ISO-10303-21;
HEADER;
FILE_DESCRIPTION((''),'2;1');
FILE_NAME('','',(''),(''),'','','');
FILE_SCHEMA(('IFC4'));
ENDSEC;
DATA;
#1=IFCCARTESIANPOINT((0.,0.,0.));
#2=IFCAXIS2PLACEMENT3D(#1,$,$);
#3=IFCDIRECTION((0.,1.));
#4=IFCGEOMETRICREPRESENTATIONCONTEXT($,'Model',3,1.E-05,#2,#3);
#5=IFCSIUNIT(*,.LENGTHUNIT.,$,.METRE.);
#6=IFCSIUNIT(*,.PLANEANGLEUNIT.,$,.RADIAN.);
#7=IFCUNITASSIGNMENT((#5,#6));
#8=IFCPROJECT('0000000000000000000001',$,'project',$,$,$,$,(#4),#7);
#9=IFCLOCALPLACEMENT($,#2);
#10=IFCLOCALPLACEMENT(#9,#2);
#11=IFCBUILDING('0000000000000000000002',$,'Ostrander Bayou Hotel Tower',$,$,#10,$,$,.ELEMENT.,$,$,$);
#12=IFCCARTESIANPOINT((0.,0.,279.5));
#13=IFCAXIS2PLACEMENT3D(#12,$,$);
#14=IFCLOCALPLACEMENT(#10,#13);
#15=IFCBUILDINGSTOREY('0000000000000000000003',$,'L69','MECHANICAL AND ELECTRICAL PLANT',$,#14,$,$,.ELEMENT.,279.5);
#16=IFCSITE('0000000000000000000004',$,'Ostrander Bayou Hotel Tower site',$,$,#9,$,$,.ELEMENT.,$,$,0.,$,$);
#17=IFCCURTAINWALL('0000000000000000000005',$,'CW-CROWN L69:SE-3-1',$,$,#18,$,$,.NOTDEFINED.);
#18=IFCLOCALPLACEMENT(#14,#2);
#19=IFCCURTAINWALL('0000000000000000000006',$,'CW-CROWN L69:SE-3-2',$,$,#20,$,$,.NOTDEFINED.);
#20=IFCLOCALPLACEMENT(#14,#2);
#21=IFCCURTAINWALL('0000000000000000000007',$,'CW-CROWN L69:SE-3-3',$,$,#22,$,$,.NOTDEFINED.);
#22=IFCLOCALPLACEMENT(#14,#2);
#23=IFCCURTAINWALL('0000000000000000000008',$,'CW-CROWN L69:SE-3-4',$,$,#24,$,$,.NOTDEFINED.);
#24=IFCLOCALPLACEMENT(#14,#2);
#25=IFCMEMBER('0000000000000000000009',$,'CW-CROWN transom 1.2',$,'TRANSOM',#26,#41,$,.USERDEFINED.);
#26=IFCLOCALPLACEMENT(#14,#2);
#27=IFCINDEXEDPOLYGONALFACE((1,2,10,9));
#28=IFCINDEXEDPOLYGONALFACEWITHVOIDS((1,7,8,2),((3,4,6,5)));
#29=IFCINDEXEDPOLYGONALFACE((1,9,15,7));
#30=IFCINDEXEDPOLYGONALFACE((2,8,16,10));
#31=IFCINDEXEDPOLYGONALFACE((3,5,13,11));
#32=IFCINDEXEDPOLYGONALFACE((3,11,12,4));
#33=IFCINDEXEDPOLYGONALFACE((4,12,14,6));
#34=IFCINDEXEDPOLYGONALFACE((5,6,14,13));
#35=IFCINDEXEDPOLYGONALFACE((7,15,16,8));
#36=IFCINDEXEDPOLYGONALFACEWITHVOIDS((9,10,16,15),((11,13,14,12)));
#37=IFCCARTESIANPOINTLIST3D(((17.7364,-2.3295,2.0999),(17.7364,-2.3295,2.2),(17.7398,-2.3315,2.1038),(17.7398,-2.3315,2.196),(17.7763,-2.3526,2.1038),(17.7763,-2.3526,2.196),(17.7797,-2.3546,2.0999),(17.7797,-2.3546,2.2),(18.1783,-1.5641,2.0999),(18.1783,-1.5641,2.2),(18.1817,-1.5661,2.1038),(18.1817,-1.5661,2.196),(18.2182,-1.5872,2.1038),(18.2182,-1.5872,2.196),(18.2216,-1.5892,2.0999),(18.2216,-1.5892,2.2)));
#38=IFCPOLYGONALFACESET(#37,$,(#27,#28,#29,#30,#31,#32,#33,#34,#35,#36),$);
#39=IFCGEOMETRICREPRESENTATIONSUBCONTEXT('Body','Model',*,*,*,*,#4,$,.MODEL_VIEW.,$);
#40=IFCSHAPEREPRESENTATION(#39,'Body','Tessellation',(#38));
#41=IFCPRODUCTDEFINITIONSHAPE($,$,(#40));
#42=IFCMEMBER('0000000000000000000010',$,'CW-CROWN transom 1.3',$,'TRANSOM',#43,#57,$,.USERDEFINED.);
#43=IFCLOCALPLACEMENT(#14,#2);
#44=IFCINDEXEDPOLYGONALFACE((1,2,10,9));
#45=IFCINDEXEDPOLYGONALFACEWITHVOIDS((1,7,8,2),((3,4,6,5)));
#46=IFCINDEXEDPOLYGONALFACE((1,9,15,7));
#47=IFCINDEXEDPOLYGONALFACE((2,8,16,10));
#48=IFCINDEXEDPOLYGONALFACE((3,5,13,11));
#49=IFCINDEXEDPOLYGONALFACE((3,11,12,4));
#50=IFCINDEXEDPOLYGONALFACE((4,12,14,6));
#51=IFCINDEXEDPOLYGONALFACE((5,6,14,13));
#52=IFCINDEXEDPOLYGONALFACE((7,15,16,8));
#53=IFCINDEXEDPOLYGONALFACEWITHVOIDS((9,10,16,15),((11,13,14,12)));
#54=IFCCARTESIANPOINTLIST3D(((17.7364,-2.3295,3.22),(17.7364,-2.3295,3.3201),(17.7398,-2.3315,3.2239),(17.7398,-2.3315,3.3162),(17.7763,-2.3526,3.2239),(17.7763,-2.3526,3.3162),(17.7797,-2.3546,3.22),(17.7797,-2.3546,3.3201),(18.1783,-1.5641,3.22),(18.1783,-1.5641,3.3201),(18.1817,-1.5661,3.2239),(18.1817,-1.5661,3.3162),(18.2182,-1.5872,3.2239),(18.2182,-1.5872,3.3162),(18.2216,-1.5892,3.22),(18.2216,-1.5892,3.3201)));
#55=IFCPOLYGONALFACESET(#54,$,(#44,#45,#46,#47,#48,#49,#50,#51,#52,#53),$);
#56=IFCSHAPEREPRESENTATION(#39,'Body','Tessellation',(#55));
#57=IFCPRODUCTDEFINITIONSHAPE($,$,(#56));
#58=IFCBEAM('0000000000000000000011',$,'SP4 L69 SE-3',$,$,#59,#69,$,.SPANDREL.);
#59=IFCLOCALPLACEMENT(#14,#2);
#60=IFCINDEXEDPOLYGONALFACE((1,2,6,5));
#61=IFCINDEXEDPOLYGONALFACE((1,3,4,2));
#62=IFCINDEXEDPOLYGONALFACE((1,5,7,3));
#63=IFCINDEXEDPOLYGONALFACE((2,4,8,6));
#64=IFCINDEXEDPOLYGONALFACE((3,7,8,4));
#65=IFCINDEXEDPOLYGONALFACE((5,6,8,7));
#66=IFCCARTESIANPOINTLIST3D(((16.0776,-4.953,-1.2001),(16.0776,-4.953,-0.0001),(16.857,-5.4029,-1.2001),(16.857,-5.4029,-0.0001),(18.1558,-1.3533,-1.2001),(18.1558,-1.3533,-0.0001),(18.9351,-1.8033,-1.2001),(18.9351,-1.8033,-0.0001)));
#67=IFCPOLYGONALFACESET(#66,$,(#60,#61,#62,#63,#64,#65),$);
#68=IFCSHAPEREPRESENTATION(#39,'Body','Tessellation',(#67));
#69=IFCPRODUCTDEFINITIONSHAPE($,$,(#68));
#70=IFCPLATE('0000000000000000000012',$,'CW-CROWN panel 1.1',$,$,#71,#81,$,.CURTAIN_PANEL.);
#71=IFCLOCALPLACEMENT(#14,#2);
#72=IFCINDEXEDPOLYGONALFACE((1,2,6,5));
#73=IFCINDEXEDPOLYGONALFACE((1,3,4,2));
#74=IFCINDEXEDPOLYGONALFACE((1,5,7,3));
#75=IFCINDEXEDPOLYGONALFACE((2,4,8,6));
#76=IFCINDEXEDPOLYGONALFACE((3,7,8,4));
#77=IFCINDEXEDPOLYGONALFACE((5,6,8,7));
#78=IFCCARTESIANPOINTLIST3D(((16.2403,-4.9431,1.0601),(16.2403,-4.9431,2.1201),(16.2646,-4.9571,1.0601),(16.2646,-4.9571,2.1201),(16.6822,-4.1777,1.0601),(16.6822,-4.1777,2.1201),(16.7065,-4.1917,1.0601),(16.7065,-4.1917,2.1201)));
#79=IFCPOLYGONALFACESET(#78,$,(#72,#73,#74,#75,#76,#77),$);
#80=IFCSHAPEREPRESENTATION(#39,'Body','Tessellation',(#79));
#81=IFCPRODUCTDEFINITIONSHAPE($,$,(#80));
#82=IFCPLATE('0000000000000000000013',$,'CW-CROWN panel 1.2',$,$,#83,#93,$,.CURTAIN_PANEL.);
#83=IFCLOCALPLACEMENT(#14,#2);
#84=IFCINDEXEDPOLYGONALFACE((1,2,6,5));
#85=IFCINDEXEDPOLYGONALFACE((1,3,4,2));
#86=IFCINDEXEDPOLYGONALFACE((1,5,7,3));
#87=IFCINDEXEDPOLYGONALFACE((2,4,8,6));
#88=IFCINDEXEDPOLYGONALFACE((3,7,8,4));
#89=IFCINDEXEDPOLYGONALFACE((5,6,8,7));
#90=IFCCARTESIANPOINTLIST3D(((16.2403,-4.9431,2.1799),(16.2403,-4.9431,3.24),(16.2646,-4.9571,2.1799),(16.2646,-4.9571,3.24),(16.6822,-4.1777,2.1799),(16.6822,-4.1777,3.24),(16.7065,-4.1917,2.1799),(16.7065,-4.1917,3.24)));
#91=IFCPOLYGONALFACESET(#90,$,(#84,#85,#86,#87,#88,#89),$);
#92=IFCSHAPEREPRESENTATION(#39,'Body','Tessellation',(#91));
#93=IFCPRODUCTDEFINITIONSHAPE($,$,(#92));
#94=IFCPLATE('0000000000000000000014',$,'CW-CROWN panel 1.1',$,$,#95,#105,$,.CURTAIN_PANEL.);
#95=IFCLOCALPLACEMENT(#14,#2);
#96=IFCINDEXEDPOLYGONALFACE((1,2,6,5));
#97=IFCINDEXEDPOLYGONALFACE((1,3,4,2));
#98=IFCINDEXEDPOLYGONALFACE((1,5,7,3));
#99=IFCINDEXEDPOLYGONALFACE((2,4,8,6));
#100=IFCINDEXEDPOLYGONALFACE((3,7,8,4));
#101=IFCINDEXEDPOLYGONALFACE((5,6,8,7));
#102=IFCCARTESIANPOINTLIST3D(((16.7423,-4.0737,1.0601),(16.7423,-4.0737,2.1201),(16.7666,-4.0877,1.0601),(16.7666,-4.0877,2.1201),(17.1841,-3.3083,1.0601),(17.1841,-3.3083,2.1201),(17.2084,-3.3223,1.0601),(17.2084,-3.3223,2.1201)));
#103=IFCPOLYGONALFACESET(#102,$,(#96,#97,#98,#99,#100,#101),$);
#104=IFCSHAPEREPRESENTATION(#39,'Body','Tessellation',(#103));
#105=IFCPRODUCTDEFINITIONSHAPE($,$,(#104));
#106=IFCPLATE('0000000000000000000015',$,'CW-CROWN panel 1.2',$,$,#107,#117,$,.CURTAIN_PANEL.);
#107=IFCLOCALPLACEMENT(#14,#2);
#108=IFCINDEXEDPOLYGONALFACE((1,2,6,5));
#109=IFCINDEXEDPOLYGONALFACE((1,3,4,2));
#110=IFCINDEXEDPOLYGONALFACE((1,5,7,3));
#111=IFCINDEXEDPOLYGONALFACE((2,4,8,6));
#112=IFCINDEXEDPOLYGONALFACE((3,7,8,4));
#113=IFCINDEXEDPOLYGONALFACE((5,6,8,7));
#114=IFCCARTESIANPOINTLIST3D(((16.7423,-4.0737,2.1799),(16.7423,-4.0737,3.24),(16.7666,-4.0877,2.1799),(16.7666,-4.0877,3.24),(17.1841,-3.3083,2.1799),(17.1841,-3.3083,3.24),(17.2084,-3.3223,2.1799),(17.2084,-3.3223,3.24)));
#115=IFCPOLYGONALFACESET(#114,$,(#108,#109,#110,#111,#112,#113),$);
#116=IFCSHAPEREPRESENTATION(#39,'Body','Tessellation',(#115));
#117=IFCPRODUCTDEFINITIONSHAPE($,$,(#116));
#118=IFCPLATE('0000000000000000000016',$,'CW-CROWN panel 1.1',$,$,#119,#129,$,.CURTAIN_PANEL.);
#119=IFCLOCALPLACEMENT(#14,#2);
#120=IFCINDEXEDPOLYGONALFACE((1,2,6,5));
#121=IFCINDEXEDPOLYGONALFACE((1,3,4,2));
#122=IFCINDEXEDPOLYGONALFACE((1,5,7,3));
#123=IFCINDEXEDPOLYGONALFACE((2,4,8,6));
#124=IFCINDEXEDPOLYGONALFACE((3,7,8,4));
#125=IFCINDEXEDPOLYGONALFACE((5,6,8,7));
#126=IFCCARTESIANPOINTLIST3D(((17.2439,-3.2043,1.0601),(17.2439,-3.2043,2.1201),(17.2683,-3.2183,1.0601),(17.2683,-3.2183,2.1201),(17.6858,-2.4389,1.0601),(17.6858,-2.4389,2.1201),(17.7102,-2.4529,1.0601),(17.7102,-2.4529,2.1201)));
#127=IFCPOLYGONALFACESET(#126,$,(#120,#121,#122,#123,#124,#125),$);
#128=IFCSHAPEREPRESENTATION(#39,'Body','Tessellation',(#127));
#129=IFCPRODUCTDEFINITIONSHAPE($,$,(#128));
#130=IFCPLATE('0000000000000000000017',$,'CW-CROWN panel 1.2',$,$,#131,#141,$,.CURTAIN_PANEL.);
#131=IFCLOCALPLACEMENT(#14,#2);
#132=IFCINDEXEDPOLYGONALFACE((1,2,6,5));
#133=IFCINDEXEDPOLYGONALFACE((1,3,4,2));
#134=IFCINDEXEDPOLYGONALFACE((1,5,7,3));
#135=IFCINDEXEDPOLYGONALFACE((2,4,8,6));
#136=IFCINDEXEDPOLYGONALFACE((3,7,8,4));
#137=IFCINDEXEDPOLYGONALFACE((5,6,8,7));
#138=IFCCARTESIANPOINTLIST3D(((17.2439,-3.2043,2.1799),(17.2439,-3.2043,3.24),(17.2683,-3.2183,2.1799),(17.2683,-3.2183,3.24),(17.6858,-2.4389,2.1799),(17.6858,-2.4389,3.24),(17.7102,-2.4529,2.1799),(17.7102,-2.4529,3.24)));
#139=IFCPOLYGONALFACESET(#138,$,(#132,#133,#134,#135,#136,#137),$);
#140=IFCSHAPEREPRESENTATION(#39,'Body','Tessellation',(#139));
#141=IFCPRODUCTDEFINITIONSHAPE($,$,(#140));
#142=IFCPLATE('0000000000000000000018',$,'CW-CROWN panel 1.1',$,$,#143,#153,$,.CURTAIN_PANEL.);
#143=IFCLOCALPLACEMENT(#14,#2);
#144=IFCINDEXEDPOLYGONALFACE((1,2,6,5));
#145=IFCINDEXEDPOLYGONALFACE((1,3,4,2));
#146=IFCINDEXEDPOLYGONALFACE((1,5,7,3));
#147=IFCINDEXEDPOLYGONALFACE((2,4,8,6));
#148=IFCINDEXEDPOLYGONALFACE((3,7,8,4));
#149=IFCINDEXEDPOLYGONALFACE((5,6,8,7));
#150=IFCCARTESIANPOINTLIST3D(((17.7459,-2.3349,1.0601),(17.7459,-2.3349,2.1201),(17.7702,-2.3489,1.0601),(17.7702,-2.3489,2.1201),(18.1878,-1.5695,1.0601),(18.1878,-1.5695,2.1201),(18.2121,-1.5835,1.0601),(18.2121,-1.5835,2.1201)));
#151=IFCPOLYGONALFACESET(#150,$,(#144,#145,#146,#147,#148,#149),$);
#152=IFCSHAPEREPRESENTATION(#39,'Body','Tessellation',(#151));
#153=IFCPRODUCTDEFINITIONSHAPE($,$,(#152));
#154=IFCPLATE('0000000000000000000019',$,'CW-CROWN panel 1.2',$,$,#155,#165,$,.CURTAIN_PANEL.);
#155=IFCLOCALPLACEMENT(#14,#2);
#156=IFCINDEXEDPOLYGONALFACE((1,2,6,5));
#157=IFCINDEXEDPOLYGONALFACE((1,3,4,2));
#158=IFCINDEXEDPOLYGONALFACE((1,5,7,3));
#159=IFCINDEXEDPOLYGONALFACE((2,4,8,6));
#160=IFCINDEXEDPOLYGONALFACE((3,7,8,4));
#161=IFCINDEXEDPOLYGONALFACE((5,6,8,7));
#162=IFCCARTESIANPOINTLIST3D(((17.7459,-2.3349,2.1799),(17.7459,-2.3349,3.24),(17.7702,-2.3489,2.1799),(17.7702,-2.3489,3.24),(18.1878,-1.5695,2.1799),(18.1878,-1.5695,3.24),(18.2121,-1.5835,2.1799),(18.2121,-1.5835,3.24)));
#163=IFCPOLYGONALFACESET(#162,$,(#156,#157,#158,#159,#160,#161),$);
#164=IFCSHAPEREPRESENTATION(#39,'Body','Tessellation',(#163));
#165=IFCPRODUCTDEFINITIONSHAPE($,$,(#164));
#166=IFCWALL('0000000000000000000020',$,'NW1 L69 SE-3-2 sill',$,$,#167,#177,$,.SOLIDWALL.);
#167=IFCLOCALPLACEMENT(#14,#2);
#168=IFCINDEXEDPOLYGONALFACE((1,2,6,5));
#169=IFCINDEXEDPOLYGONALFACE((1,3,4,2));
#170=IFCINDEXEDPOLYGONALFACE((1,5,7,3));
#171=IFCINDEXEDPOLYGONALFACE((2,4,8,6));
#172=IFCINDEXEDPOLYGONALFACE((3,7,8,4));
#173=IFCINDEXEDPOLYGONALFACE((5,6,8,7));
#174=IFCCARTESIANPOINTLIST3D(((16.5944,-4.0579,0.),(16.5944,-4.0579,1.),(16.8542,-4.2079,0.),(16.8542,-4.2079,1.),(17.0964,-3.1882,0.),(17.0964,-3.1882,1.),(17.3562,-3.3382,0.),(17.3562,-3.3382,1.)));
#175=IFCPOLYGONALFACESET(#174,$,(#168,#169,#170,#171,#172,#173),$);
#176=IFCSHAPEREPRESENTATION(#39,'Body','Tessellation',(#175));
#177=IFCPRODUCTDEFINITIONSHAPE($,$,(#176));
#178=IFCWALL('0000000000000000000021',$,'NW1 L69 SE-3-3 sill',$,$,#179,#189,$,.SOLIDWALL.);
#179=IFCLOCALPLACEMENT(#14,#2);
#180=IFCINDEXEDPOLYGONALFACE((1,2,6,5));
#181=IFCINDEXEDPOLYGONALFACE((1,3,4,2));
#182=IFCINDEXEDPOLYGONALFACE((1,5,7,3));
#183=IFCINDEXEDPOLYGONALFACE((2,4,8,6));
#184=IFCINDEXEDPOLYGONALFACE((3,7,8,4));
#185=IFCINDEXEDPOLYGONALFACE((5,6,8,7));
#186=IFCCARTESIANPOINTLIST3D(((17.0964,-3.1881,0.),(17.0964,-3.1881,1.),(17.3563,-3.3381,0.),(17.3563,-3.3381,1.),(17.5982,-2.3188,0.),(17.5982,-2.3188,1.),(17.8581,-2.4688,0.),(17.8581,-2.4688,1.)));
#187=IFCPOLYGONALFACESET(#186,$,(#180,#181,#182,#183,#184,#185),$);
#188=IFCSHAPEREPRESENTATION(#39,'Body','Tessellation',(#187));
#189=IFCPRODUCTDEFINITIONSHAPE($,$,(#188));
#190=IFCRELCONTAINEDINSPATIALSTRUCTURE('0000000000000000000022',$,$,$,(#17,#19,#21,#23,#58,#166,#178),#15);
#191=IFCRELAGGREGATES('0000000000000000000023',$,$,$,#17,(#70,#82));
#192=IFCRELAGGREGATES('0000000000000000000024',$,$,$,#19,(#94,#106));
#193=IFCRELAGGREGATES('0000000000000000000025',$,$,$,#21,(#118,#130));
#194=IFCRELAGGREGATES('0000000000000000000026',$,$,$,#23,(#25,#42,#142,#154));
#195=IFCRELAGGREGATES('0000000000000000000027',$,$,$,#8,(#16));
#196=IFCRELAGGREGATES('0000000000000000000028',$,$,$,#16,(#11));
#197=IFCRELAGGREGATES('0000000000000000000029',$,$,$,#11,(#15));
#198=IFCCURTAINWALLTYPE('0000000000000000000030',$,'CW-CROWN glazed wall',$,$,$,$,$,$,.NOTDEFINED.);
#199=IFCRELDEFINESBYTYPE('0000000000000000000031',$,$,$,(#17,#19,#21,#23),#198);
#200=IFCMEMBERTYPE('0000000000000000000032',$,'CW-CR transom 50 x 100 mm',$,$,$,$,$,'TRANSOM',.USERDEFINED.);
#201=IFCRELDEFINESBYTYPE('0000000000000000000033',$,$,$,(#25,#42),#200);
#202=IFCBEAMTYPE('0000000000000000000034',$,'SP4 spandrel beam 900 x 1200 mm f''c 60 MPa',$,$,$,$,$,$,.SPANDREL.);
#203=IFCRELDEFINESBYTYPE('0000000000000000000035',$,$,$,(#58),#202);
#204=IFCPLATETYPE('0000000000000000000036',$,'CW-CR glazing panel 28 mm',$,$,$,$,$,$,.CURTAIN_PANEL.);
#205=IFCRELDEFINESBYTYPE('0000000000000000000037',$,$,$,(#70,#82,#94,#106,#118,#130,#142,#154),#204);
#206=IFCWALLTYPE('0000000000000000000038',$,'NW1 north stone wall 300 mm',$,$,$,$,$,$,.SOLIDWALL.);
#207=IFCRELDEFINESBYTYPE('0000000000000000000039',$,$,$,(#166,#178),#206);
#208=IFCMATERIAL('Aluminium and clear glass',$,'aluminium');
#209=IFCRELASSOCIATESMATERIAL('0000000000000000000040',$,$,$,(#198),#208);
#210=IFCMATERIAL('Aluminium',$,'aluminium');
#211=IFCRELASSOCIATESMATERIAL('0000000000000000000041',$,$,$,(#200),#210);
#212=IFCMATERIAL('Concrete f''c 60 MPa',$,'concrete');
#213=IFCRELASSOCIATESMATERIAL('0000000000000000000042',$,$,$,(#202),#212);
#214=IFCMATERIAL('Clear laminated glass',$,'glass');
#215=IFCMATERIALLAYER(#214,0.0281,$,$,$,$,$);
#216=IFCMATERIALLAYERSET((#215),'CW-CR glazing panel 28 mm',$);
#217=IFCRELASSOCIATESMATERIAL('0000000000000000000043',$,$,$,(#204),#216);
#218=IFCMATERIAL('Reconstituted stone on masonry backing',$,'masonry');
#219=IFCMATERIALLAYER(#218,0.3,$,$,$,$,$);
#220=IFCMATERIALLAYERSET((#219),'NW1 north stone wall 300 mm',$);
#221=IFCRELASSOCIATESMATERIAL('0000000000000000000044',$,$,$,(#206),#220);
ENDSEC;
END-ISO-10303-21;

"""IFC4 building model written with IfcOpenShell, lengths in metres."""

from ifc_helpers import new_model, si_unit, direction, frame, frame_2d, origin, origin_2d, place, context, subcontext, project, spatial, rectangle, hollow_rectangle, extrude, material, layer, layer_set, material_profile, profile_set, type_object, element, aggregate, save


model = new_model("IFC4")

# Units and contexts
model_context = context("Model", 3, precision=1e-05, world=origin(), true_north=direction((0.0, 1.0)))
body_context = subcontext(model_context, "Body", "Model", "MODEL_VIEW")
ifc_project = project(units=[si_unit("LENGTHUNIT", "METRE"), si_unit("PLANEANGLEUNIT", "RADIAN")], contexts=[model_context])

# Site, building, storey
site_placement = place(None, origin())
site = spatial("IfcSite", under=ifc_project, at=site_placement, Name="Ostrander Bayou Hotel Tower site", CompositionType="ELEMENT", RefElevation=0.0)
building_placement = place(site_placement, origin())
building = spatial("IfcBuilding", under=site, at=building_placement, Name="Ostrander Bayou Hotel Tower", CompositionType="ELEMENT")
storey_placement = place(building_placement, frame((0.0, 0.0, 279.5)))
storey = spatial("IfcBuildingStorey", under=building, at=storey_placement, Name="L69", Description="MECHANICAL AND ELECTRICAL PLANT", CompositionType="ELEMENT", Elevation=279.5)

# Curtain walls
ifc_material_1 = material(Name="Aluminium and clear glass", Category="aluminium")
curtain_wall_type = type_object("IfcCurtainWallType", Name="CW-CROWN glazed wall", PredefinedType="NOTDEFINED", material=ifc_material_1)
curtain_wall_1_placement = place(storey_placement, origin())
curtain_wall_1 = element("IfcCurtainWall", 1, at=curtain_wall_1_placement, inside=storey, type_object=curtain_wall_type, Name="CW-CROWN L69:SE-3-1", PredefinedType="NOTDEFINED")
curtain_wall_2_placement = place(storey_placement, origin())
curtain_wall_2 = element("IfcCurtainWall", 2, at=curtain_wall_2_placement, inside=storey, type_object=curtain_wall_type, Name="CW-CROWN L69:SE-3-2", PredefinedType="NOTDEFINED")
curtain_wall_3_placement = place(storey_placement, origin())
curtain_wall_3 = element("IfcCurtainWall", 3, at=curtain_wall_3_placement, inside=storey, type_object=curtain_wall_type, Name="CW-CROWN L69:SE-3-3", PredefinedType="NOTDEFINED")
curtain_wall_4_placement = place(storey_placement, origin())
curtain_wall_4 = element("IfcCurtainWall", 4, at=curtain_wall_4_placement, inside=storey, type_object=curtain_wall_type, Name="CW-CROWN L69:SE-3-4", PredefinedType="NOTDEFINED")

# Members
ifc_material_2 = material(Name="Aluminium", Category="aluminium")
ifc_material_profile_1 = material_profile(ifc_material_2, hollow_rectangle(XDim=0.05, YDim=0.1001, WallThickness=0.0039, at=origin_2d()))
ifc_profile_set_1 = profile_set([ifc_material_profile_1], Name="Aluminium")
member_type_1 = type_object("IfcMemberType", Name="CW-CR transom 50 x 100 mm", ElementType="TRANSOM", PredefinedType="USERDEFINED", material=ifc_profile_set_1)
member_1_placement = place(storey_placement, frame((17.7581, -2.342, 2.1499), z_axis=(0.500001, 0.866025, 0.0), x_axis=(-0.866025, 0.500001, 0.0)))
member_1 = element("IfcMember", 5, at=member_1_placement, type_object=member_type_1, Name="CW-CROWN transom 1.2", ObjectType="TRANSOM", PredefinedType="USERDEFINED", context=body_context, shape_type="SweptSolid", body=[
    extrude(hollow_rectangle(XDim=0.05, YDim=0.1001, WallThickness=0.0039, at=origin_2d()), origin(), (0.0, 0.0, 1.0), 0.8838),
])
member_2_placement = place(storey_placement, frame((17.7581, -2.342, 3.27), z_axis=(0.500001, 0.866025, 0.0), x_axis=(-0.866025, 0.500001, 0.0)))
member_2 = element("IfcMember", 6, at=member_2_placement, type_object=member_type_1, Name="CW-CROWN transom 1.3", ObjectType="TRANSOM", PredefinedType="USERDEFINED", context=body_context, shape_type="SweptSolid", body=[
    extrude(hollow_rectangle(XDim=0.05, YDim=0.1001, WallThickness=0.0039, at=origin_2d()), origin(), (0.0, 0.0, 1.0), 0.8838),
])

# Beam
ifc_material_3 = material(Name="Concrete f'c 60 MPa", Category="concrete")
ifc_material_profile_2 = material_profile(ifc_material_3, rectangle(XDim=0.8999, YDim=1.2, at=origin_2d()))
ifc_profile_set_2 = profile_set([ifc_material_profile_2], Name="Concrete f'c 60 MPa")
beam_type = type_object("IfcBeamType", Name="SP4 spandrel beam 900 x 1200 mm f'c 60 MPa", PredefinedType="SPANDREL", material=ifc_profile_set_2)
beam_placement = place(storey_placement, frame((16.4673, -5.178, -0.6001), z_axis=(0.49998, 0.866037, 0.0), x_axis=(-0.866037, 0.49998, 0.0)))
element("IfcBeam", 7, at=beam_placement, inside=storey, type_object=beam_type, Name="SP4 L69 SE-3", PredefinedType="SPANDREL", context=body_context, shape_type="SweptSolid", body=[
    extrude(rectangle(XDim=0.8999, YDim=1.2, at=origin_2d()), origin(), (0.0, 0.0, 1.0), 4.1565),
])

# Plates
ifc_material_4 = material(Name="Clear laminated glass", Category="glass")
ifc_layer_1 = layer(ifc_material_4, 0.0281)
ifc_layer_set_1 = layer_set([ifc_layer_1], Name="CW-CR glazing panel 28 mm")
plate_type = type_object("IfcPlateType", Name="CW-CR glazing panel 28 mm", PredefinedType="CURTAIN_PANEL", material=ifc_layer_set_1)
plate_1_placement = place(storey_placement, frame((16.4734, -4.5674, 1.0601), z_axis=(0.0, 0.0, 1.0), x_axis=(0.500007, 0.866021, 0.0)))
plate_1 = element("IfcPlate", 8, at=plate_1_placement, type_object=plate_type, Name="CW-CROWN panel 1.1", PredefinedType="CURTAIN_PANEL", context=body_context, shape_type="SweptSolid", body=[
    extrude(rectangle(XDim=0.8838, YDim=0.0281, at=origin_2d()), origin(), (0.0, 0.0, 1.0), 1.0601),
])
plate_2_placement = place(storey_placement, frame((16.4734, -4.5674, 2.1799), z_axis=(0.0, 0.0, 1.0), x_axis=(0.500007, 0.866021, 0.0)))
plate_2 = element("IfcPlate", 9, at=plate_2_placement, type_object=plate_type, Name="CW-CROWN panel 1.2", PredefinedType="CURTAIN_PANEL", context=body_context, shape_type="SweptSolid", body=[
    extrude(rectangle(XDim=0.8838, YDim=0.0281, at=origin_2d()), origin(), (0.0, 0.0, 1.0), 1.0601),
])
aggregate(curtain_wall_1, [plate_1, plate_2])
plate_3_placement = place(storey_placement, frame((16.9753, -3.698, 1.0601), z_axis=(0.0, 0.0, 1.0), x_axis=(0.499964, 0.866046, 0.0)))
plate_3 = element("IfcPlate", 10, at=plate_3_placement, type_object=plate_type, Name="CW-CROWN panel 1.1", PredefinedType="CURTAIN_PANEL", context=body_context, shape_type="SweptSolid", body=[
    extrude(rectangle(XDim=0.8838, YDim=0.0281, at=origin_2d()), origin(), (0.0, 0.0, 1.0), 1.0601),
])
plate_4_placement = place(storey_placement, frame((16.9753, -3.698, 2.1799), z_axis=(0.0, 0.0, 1.0), x_axis=(0.499964, 0.866046, 0.0)))
plate_4 = element("IfcPlate", 11, at=plate_4_placement, type_object=plate_type, Name="CW-CROWN panel 1.2", PredefinedType="CURTAIN_PANEL", context=body_context, shape_type="SweptSolid", body=[
    extrude(rectangle(XDim=0.8838, YDim=0.0281, at=origin_2d()), origin(), (0.0, 0.0, 1.0), 1.0601),
])
aggregate(curtain_wall_2, [plate_3, plate_4])
plate_5_placement = place(storey_placement, frame((17.4771, -2.8286, 1.0601), z_axis=(0.0, 0.0, 1.0), x_axis=(0.500007, 0.866021, 0.0)))
plate_5 = element("IfcPlate", 12, at=plate_5_placement, type_object=plate_type, Name="CW-CROWN panel 1.1", PredefinedType="CURTAIN_PANEL", context=body_context, shape_type="SweptSolid", body=[
    extrude(rectangle(XDim=0.8838, YDim=0.0281, at=origin_2d()), origin(), (0.0, 0.0, 1.0), 1.0601),
])
plate_6_placement = place(storey_placement, frame((17.4771, -2.8286, 2.1799), z_axis=(0.0, 0.0, 1.0), x_axis=(0.500007, 0.866021, 0.0)))
plate_6 = element("IfcPlate", 13, at=plate_6_placement, type_object=plate_type, Name="CW-CROWN panel 1.2", PredefinedType="CURTAIN_PANEL", context=body_context, shape_type="SweptSolid", body=[
    extrude(rectangle(XDim=0.8838, YDim=0.0281, at=origin_2d()), origin(), (0.0, 0.0, 1.0), 1.0601),
])
aggregate(curtain_wall_3, [plate_5, plate_6])
plate_7_placement = place(storey_placement, frame((17.979, -1.9592, 1.0601), z_axis=(0.0, 0.0, 1.0), x_axis=(0.499964, 0.866046, 0.0)))
plate_7 = element("IfcPlate", 14, at=plate_7_placement, type_object=plate_type, Name="CW-CROWN panel 1.1", PredefinedType="CURTAIN_PANEL", context=body_context, shape_type="SweptSolid", body=[
    extrude(rectangle(XDim=0.8838, YDim=0.0281, at=origin_2d()), origin(), (0.0, 0.0, 1.0), 1.0601),
])
plate_8_placement = place(storey_placement, frame((17.979, -1.9592, 2.1799), z_axis=(0.0, 0.0, 1.0), x_axis=(0.499964, 0.866046, 0.0)))
plate_8 = element("IfcPlate", 15, at=plate_8_placement, type_object=plate_type, Name="CW-CROWN panel 1.2", PredefinedType="CURTAIN_PANEL", context=body_context, shape_type="SweptSolid", body=[
    extrude(rectangle(XDim=0.8838, YDim=0.0281, at=origin_2d()), origin(), (0.0, 0.0, 1.0), 1.0601),
])
aggregate(curtain_wall_4, [member_1, member_2, plate_7, plate_8])

# Walls
ifc_material_5 = material(Name="Reconstituted stone on masonry backing", Category="masonry")
ifc_layer_2 = layer(ifc_material_5, 0.3)
ifc_layer_set_2 = layer_set([ifc_layer_2], Name="NW1 north stone wall 300 mm")
wall_type = type_object("IfcWallType", Name="NW1 north stone wall 300 mm", PredefinedType="SOLIDWALL", material=ifc_layer_set_2)
wall_1_placement = place(storey_placement, frame((16.7244, -4.1328, 0.0), z_axis=(0.0, 0.0, 1.0), x_axis=(0.499905, 0.86608, 0.0)))
element("IfcWall", 16, at=wall_1_placement, inside=storey, type_object=wall_type, Name="NW1 L69 SE-3-2 sill", PredefinedType="SOLIDWALL", context=body_context, shape_type="SweptSolid", body=[
    extrude(rectangle(XDim=1.0042, YDim=0.3, at=frame_2d((0.502, 0.0))), origin(), (0.0, 0.0, 1.0), 1.0),
])
wall_2_placement = place(storey_placement, frame((17.2263, -3.2632, 0.0), z_axis=(0.0, 0.0, 1.0), x_axis=(0.499933, 0.866064, 0.0)))
element("IfcWall", 17, at=wall_2_placement, inside=storey, type_object=wall_type, Name="NW1 L69 SE-3-3 sill", PredefinedType="SOLIDWALL", context=body_context, shape_type="SweptSolid", body=[
    extrude(rectangle(XDim=1.0037, YDim=0.3, at=frame_2d((0.502, 0.0))), origin(), (0.0, 0.0, 1.0), 1.0),
])

save(model, "model.ifc")
